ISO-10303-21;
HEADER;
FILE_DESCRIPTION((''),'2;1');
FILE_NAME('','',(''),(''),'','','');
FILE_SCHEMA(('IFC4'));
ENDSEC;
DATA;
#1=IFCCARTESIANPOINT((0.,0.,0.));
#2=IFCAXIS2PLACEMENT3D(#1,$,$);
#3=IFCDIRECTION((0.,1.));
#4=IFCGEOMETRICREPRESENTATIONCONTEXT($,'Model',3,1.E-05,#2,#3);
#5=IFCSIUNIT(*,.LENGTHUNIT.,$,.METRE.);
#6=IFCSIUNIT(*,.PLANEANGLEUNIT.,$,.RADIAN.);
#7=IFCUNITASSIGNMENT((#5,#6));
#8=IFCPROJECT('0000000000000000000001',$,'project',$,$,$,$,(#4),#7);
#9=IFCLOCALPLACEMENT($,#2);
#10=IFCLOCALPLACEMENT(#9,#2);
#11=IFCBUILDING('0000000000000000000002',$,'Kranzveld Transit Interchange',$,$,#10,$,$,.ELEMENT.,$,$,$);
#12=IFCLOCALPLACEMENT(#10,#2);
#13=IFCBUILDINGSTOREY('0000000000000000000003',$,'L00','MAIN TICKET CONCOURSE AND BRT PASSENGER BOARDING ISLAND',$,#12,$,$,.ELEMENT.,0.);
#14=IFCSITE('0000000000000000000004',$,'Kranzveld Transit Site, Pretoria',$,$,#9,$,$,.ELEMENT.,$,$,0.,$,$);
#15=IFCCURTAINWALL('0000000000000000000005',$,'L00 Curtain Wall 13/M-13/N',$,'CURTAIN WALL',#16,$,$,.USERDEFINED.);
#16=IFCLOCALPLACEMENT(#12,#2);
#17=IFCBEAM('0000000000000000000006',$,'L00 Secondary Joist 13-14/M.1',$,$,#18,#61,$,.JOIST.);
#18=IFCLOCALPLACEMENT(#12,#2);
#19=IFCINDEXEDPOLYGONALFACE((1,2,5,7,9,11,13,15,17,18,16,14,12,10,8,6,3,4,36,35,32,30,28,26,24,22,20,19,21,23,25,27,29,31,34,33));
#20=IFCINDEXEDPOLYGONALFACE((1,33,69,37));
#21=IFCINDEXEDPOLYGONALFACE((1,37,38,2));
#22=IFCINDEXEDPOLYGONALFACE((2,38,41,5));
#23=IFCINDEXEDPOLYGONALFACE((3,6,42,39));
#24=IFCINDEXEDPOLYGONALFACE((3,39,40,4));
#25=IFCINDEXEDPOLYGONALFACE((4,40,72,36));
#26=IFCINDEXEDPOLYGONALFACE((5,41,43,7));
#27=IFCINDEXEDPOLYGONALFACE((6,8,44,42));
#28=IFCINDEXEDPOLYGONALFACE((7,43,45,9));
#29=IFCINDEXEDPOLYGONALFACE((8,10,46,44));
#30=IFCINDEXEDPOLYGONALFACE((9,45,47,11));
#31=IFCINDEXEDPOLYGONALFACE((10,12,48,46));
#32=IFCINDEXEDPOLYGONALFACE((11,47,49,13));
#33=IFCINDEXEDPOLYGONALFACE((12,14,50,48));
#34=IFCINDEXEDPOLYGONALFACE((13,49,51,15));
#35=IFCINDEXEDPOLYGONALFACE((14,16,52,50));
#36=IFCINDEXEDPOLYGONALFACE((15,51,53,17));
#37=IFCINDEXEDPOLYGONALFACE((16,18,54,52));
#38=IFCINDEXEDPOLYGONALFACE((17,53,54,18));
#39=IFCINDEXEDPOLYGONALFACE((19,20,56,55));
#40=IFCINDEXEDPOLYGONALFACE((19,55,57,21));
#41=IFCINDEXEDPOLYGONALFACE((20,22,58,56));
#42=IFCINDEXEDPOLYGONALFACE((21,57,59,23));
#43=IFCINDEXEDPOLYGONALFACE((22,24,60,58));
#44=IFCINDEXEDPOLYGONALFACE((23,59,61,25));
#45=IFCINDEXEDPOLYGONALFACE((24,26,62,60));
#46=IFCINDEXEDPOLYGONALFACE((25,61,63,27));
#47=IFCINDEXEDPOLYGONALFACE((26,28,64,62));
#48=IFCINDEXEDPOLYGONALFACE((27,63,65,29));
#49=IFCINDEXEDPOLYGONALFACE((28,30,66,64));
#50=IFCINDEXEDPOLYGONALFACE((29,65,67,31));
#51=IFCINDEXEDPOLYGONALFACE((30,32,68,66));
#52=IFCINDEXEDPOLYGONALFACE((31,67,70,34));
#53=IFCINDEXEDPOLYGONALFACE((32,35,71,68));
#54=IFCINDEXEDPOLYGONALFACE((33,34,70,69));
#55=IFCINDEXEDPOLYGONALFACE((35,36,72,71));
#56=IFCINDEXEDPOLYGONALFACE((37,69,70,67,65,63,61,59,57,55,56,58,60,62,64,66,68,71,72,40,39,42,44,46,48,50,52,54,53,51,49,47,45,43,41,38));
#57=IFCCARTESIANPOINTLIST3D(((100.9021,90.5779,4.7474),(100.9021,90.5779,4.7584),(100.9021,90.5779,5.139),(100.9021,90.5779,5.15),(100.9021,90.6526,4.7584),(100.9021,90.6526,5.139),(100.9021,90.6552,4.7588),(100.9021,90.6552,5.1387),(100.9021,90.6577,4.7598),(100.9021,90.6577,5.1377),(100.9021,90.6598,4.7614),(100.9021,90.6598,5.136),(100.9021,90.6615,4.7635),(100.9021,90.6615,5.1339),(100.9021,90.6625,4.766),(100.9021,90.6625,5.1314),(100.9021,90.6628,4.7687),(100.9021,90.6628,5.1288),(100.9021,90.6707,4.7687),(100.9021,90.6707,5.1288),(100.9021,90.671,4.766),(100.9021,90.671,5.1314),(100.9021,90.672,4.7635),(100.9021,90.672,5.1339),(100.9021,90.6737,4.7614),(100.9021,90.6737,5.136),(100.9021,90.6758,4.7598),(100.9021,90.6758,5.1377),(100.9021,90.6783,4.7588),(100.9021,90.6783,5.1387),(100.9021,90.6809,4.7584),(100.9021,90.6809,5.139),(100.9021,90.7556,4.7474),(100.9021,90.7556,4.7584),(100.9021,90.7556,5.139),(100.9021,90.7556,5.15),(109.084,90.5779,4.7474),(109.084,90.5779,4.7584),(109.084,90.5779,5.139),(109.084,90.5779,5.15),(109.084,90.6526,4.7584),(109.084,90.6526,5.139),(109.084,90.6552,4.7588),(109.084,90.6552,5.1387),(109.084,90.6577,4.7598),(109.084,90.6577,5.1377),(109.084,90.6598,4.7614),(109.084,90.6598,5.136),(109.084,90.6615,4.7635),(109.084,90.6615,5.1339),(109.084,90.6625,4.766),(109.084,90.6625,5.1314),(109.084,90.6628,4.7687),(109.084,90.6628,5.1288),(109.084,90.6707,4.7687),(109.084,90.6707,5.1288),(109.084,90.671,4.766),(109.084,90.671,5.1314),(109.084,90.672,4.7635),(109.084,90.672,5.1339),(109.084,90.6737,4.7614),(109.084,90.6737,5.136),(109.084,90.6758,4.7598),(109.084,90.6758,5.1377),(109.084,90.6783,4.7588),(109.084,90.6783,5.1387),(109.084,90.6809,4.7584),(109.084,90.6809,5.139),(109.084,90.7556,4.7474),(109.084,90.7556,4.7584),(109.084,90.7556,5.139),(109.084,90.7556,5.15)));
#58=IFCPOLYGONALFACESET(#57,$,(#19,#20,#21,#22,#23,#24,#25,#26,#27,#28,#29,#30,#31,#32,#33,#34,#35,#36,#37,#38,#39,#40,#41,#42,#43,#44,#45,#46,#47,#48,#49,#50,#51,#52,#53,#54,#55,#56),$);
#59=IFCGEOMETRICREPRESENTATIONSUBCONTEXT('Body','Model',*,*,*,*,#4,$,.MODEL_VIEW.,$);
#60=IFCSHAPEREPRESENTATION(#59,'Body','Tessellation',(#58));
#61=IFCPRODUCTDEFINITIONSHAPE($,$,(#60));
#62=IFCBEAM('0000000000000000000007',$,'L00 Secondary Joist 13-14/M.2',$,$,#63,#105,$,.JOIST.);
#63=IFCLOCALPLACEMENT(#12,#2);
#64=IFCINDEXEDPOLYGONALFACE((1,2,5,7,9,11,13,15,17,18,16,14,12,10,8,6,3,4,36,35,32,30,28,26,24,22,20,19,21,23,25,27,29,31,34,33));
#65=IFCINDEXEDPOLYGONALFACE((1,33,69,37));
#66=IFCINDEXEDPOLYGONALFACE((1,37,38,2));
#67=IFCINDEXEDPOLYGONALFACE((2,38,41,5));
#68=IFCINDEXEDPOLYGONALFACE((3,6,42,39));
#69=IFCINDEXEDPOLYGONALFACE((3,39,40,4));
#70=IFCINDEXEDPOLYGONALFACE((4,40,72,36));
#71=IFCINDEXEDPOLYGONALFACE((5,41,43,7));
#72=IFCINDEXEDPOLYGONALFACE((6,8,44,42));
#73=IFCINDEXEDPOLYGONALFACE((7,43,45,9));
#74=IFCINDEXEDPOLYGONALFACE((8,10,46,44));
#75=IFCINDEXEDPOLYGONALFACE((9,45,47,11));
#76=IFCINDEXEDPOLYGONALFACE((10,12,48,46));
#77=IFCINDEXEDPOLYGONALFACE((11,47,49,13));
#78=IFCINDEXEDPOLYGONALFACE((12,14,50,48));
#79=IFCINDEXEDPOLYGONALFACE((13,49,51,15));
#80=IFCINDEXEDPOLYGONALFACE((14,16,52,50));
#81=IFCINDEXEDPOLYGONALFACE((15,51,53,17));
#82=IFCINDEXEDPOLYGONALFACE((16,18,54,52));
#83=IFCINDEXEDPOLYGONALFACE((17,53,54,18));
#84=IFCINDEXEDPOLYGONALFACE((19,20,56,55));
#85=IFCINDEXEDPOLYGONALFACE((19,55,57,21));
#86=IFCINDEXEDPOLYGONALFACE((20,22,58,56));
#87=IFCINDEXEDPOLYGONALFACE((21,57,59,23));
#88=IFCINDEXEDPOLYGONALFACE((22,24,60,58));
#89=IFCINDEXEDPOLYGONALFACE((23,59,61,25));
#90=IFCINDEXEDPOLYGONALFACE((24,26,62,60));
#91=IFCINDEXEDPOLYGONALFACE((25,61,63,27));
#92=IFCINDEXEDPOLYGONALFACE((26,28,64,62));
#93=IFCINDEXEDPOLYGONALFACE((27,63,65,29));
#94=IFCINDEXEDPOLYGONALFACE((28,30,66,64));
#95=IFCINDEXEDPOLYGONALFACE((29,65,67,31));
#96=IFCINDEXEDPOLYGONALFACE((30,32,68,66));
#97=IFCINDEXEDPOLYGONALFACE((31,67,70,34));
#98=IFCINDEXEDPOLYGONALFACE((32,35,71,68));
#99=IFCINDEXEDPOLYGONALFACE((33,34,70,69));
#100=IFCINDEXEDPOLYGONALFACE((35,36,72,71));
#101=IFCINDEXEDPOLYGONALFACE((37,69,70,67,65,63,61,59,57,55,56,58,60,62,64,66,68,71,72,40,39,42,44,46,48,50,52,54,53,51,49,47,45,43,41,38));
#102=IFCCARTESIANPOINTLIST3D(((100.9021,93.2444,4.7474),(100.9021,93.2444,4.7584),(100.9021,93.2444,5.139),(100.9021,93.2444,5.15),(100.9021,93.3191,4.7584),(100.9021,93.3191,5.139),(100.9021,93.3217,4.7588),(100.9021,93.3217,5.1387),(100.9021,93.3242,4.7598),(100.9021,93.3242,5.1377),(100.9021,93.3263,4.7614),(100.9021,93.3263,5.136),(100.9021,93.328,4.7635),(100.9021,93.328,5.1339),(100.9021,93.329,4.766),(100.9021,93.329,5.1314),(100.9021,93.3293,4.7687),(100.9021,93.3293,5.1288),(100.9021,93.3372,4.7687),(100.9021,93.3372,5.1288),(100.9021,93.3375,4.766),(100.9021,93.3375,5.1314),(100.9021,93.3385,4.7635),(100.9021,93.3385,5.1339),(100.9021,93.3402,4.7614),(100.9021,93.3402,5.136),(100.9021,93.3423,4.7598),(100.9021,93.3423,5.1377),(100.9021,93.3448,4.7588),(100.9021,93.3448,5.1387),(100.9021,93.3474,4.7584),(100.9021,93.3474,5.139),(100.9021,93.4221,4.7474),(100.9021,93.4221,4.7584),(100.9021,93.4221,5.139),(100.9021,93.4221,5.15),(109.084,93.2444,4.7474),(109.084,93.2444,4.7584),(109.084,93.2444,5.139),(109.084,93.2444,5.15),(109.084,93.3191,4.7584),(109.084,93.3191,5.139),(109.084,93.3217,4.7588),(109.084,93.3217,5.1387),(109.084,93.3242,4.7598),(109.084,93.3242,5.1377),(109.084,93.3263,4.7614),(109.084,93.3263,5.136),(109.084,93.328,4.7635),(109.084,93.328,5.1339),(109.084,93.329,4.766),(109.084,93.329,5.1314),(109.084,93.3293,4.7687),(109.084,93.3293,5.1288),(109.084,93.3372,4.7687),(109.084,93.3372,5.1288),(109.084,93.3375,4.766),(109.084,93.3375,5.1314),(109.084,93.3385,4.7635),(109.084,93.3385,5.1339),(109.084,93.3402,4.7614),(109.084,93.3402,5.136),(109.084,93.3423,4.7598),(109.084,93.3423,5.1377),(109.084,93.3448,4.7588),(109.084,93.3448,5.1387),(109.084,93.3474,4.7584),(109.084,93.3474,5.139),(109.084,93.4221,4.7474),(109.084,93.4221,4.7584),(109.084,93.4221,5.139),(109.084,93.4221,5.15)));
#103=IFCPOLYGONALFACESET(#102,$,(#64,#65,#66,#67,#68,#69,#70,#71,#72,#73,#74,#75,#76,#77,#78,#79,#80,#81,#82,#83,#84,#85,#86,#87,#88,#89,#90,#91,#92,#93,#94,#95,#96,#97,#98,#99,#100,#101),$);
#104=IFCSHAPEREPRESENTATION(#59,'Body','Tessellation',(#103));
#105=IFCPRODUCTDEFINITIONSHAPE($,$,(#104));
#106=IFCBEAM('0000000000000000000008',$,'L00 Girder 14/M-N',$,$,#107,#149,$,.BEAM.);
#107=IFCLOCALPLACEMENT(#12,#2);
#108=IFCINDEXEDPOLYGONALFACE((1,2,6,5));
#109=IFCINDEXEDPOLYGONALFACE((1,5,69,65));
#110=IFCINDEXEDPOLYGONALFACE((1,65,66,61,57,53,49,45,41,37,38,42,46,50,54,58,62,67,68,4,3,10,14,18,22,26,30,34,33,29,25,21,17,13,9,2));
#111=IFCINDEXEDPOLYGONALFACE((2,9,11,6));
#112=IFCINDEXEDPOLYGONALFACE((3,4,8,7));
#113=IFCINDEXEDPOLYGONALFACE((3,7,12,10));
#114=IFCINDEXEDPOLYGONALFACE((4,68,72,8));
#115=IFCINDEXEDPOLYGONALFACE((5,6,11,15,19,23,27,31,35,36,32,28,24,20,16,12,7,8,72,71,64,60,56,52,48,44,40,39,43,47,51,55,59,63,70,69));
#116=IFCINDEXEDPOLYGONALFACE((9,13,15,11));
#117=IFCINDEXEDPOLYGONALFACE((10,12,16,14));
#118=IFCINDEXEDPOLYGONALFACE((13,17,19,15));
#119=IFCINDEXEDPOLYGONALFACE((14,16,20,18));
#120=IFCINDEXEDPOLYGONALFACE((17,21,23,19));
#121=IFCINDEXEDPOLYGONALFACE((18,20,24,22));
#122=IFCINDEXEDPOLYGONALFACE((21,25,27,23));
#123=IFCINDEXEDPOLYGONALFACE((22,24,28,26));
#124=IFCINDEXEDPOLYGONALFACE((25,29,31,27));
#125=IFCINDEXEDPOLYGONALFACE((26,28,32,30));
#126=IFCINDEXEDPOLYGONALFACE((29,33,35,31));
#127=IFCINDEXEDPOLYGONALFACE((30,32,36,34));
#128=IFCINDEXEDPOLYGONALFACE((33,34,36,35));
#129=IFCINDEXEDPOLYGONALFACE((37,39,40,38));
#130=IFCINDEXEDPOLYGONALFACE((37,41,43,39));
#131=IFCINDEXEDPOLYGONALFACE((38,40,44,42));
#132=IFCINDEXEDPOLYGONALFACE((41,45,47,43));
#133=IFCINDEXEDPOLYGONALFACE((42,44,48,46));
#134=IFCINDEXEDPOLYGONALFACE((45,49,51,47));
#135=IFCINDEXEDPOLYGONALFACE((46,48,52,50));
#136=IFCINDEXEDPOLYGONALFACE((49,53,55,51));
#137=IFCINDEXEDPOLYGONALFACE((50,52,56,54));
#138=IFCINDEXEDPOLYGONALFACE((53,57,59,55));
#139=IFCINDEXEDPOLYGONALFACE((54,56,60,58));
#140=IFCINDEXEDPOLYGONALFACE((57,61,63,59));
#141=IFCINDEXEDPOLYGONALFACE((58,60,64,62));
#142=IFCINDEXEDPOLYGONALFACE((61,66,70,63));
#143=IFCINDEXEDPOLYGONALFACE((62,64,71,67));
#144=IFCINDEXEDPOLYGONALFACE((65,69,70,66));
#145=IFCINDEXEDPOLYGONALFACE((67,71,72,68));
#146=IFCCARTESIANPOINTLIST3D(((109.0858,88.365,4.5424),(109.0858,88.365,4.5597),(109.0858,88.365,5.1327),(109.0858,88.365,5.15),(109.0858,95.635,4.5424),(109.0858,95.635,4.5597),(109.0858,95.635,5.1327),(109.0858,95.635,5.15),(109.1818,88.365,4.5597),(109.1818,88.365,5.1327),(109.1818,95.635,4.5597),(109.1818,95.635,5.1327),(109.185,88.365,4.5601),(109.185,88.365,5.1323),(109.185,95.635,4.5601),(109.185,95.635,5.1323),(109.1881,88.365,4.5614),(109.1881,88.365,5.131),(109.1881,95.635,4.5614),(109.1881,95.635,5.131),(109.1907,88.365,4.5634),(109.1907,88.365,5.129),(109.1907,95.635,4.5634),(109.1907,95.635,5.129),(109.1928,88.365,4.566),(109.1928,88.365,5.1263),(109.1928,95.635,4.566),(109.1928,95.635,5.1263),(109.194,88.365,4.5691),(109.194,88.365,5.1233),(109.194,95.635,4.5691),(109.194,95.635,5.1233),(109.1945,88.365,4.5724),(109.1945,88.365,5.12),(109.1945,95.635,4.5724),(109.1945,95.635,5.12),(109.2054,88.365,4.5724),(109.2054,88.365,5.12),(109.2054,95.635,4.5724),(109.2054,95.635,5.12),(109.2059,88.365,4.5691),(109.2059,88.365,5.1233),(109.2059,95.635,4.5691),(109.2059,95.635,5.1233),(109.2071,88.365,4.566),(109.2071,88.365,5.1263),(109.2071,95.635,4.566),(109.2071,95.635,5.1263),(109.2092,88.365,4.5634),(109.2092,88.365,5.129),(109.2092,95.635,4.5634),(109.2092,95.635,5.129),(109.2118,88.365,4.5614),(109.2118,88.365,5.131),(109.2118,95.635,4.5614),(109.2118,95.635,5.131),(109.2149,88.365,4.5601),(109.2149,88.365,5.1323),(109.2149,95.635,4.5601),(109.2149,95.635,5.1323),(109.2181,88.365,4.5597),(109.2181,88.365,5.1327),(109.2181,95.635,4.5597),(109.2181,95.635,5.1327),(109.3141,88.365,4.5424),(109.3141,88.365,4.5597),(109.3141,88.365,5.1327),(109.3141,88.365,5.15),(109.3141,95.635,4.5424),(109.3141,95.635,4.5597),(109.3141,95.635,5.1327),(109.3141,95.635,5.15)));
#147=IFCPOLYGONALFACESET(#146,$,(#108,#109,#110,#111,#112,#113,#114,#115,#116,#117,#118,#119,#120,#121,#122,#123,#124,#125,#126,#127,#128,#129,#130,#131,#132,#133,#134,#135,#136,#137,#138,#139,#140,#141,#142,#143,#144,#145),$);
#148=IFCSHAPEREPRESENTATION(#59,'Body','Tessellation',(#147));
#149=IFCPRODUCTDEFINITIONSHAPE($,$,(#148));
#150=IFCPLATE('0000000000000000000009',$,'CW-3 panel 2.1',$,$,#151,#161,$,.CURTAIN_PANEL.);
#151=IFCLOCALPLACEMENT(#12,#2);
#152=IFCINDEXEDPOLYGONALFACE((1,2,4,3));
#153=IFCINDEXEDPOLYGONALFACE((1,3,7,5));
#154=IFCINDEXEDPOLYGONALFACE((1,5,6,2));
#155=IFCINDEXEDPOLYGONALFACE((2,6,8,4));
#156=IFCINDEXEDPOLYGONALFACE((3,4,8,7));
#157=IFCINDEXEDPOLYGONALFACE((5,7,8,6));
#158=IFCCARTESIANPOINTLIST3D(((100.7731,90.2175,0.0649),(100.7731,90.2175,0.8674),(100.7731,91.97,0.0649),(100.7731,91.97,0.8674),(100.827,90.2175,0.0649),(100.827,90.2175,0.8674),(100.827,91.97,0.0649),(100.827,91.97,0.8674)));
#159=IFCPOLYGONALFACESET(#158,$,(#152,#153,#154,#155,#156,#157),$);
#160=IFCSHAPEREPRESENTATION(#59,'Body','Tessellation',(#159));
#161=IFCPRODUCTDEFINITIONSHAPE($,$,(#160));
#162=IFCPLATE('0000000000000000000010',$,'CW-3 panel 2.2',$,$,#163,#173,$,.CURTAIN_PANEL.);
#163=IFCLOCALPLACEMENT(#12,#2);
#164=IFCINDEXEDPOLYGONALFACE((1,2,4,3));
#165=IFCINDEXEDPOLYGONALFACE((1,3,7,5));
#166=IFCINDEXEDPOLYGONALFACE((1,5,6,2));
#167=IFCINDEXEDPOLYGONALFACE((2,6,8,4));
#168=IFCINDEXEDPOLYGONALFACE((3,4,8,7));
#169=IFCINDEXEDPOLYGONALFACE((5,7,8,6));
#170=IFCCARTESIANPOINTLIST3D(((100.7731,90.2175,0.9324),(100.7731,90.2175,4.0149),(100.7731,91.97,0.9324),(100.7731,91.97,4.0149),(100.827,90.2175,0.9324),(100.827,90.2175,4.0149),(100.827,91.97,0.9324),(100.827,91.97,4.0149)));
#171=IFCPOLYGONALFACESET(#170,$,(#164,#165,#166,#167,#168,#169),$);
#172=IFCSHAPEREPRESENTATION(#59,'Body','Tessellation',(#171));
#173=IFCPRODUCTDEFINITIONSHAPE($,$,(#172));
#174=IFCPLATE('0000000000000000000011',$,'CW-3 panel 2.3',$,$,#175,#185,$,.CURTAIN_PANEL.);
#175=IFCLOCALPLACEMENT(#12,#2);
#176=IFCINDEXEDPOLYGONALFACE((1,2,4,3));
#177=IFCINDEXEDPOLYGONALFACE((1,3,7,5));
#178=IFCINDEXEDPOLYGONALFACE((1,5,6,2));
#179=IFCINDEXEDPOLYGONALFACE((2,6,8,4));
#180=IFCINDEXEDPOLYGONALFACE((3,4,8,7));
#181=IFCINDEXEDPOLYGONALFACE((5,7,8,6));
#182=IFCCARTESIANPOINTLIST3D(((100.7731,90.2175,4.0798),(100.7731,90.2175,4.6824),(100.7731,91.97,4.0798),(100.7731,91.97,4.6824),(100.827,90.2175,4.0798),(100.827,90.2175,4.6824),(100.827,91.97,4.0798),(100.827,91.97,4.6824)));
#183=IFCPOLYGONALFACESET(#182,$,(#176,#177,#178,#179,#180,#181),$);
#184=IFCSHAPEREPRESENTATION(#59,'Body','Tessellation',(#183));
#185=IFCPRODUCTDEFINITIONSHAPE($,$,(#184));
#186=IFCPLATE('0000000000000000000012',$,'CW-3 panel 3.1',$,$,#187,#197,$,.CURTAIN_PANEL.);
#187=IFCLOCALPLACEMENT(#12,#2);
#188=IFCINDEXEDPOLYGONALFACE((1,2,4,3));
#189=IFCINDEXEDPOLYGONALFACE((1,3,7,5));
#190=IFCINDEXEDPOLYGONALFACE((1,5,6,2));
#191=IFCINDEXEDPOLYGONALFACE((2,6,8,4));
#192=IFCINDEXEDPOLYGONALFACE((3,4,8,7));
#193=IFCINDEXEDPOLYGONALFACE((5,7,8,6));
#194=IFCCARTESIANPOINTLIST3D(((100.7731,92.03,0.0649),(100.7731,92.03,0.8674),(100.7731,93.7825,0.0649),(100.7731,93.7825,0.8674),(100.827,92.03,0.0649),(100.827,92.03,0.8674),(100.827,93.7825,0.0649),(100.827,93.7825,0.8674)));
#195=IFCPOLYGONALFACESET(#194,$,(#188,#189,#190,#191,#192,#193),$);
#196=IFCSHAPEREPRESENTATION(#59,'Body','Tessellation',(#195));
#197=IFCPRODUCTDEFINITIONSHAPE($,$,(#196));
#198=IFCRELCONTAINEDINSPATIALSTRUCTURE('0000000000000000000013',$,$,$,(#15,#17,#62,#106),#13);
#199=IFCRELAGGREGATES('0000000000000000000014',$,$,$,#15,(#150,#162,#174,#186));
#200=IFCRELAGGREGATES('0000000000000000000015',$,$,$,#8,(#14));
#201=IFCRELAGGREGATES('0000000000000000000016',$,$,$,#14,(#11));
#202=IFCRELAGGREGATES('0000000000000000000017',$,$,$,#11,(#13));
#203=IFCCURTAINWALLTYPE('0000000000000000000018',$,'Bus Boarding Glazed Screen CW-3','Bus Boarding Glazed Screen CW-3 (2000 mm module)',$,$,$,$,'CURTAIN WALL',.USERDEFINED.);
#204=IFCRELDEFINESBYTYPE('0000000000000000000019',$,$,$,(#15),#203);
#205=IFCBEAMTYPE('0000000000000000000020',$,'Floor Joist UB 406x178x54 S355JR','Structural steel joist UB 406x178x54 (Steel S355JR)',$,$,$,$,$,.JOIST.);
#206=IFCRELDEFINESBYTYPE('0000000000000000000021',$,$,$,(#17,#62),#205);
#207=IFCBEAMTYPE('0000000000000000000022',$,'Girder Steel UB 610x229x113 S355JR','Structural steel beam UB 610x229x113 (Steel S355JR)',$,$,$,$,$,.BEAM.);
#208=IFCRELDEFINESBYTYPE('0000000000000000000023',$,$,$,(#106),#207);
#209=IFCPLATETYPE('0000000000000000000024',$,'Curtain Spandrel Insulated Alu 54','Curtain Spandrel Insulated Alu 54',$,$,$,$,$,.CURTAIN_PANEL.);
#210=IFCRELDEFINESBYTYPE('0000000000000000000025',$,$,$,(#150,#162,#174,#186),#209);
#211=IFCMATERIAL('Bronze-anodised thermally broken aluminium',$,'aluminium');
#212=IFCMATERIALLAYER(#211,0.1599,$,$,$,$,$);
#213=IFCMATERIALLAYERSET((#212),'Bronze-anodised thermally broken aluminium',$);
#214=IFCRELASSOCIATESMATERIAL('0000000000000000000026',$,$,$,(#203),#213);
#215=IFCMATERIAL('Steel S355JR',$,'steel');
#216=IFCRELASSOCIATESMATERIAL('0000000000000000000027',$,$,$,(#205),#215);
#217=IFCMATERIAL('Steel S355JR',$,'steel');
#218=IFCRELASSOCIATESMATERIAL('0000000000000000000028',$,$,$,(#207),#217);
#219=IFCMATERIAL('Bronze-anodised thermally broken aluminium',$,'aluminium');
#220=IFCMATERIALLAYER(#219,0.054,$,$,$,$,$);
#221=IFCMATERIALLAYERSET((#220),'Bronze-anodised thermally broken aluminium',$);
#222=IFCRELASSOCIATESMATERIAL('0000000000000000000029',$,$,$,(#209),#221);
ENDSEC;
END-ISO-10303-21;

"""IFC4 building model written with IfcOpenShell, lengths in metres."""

from ifc_helpers import new_model, si_unit, direction, frame, origin, origin_2d, place, context, subcontext, project, spatial, rectangle, i_section, extrude, material, layer, layer_set, material_profile, profile_set, type_object, element, aggregate, save


model = new_model("IFC4")

# Units and contexts
model_context = context("Model", 3, precision=1e-05, world=origin(), true_north=direction((0.0, 1.0)))
body_context = subcontext(model_context, "Body", "Model", "MODEL_VIEW")
ifc_project = project(units=[si_unit("LENGTHUNIT", "METRE"), si_unit("PLANEANGLEUNIT", "RADIAN")], contexts=[model_context])

# Site, building, storey
site_placement = place(None, origin())
site = spatial("IfcSite", under=ifc_project, at=site_placement, Name="Kranzveld Transit Site, Pretoria", CompositionType="ELEMENT", RefElevation=0.0)
building_placement = place(site_placement, origin())
building = spatial("IfcBuilding", under=site, at=building_placement, Name="Kranzveld Transit Interchange", CompositionType="ELEMENT")
storey_placement = place(building_placement, origin())
storey = spatial("IfcBuildingStorey", under=building, at=storey_placement, Name="L00", Description="MAIN TICKET CONCOURSE AND BRT PASSENGER BOARDING ISLAND", CompositionType="ELEMENT", Elevation=0.0)

# Curtain wall
ifc_material_1 = material(Name="Bronze-anodised thermally broken aluminium", Category="aluminium")
ifc_layer_1 = layer(ifc_material_1, 0.1599)
ifc_layer_set_1 = layer_set([ifc_layer_1], Name="Bronze-anodised thermally broken aluminium")
curtain_wall_type = type_object("IfcCurtainWallType", Name="Bus Boarding Glazed Screen CW-3", Description="Bus Boarding Glazed Screen CW-3 (2000 mm module)", ElementType="CURTAIN WALL", PredefinedType="USERDEFINED", material=ifc_layer_set_1)
curtain_wall_placement = place(storey_placement, origin())
curtain_wall = element("IfcCurtainWall", 1, at=curtain_wall_placement, inside=storey, type_object=curtain_wall_type, Name="L00 Curtain Wall 13/M-13/N", ObjectType="CURTAIN WALL", PredefinedType="USERDEFINED")

# Beams
ifc_material_2 = material(Name="Steel S355JR", Category="steel")
ifc_material_profile_1 = material_profile(ifc_material_2, i_section(OverallWidth=0.1777, OverallDepth=0.4026, WebThickness=0.0078, FlangeThickness=0.011, FilletRadius=0.0103, at=origin_2d()), Name="UB 406x178x54")
ifc_profile_set_1 = profile_set([ifc_material_profile_1], Name="Steel S355JR")
beam_type_1 = type_object("IfcBeamType", Name="Floor Joist UB 406x178x54 S355JR", Description="Structural steel joist UB 406x178x54 (Steel S355JR)", PredefinedType="JOIST", material=ifc_profile_set_1)
for number, where, z_axis, x_axis, name in (
    (2, (100.9021, 90.6667, 4.9487), (1.0, 0.0, 0.0), (0.0, 1.0, 0.0), "L00 Secondary Joist 13-14/M.1"),
    (3, (100.9021, 93.3333, 4.9487), (1.0, 0.0, 0.0), (0.0, 1.0, 0.0), "L00 Secondary Joist 13-14/M.2"),
):
    element("IfcBeam", number, at=place(storey_placement, frame(where, z_axis=z_axis, x_axis=x_axis)), inside=storey, type_object=beam_type_1, Name=name, PredefinedType="JOIST", context=body_context, shape_type="SweptSolid", body=[
        extrude(i_section(OverallWidth=0.1777, OverallDepth=0.4026, WebThickness=0.0078, FlangeThickness=0.011, FilletRadius=0.0103, at=origin_2d()), origin(), (0.0, 0.0, 1.0), 8.1819),
    ])
ifc_material_3 = material(Name="Steel S355JR", Category="steel")
ifc_material_profile_2 = material_profile(ifc_material_3, i_section(OverallWidth=0.2283, OverallDepth=0.6077, WebThickness=0.011, FlangeThickness=0.0173, FilletRadius=0.0127, at=origin_2d()), Name="UB 610x229x113")
ifc_profile_set_2 = profile_set([ifc_material_profile_2], Name="Steel S355JR")
beam_type_2 = type_object("IfcBeamType", Name="Girder Steel UB 610x229x113 S355JR", Description="Structural steel beam UB 610x229x113 (Steel S355JR)", PredefinedType="BEAM", material=ifc_profile_set_2)
beam_placement = place(storey_placement, frame((109.2, 88.365, 4.8462), z_axis=(0.0, 1.0, 0.0), x_axis=(-1.0, 0.0, 0.0)))
element("IfcBeam", 4, at=beam_placement, inside=storey, type_object=beam_type_2, Name="L00 Girder 14/M-N", PredefinedType="BEAM", context=body_context, shape_type="SweptSolid", body=[
    extrude(i_section(OverallWidth=0.2283, OverallDepth=0.6077, WebThickness=0.011, FlangeThickness=0.0173, FilletRadius=0.0127, at=origin_2d()), origin(), (0.0, 0.0, 1.0), 7.27),
])

# Plates
ifc_material_4 = material(Name="Bronze-anodised thermally broken aluminium", Category="aluminium")
ifc_layer_2 = layer(ifc_material_4, 0.054)
ifc_layer_set_2 = layer_set([ifc_layer_2], Name="Bronze-anodised thermally broken aluminium")
plate_type = type_object("IfcPlateType", Name="Curtain Spandrel Insulated Alu 54", Description="Curtain Spandrel Insulated Alu 54", PredefinedType="CURTAIN_PANEL", material=ifc_layer_set_2)
plate_1_placement = place(storey_placement, frame((100.8, 91.0938, 0.0649), z_axis=(0.0, 0.0, 1.0), x_axis=(0.0, 1.0, 0.0)))
plate_1 = element("IfcPlate", 5, at=plate_1_placement, type_object=plate_type, Name="CW-3 panel 2.1", PredefinedType="CURTAIN_PANEL", context=body_context, shape_type="SweptSolid", body=[
    extrude(rectangle(XDim=1.7524, YDim=0.054, at=origin_2d()), origin(), (0.0, 0.0, 1.0), 0.8025),
])
plate_2_placement = place(storey_placement, frame((100.8, 91.0938, 0.9324), z_axis=(0.0, 0.0, 1.0), x_axis=(0.0, 1.0, 0.0)))
plate_2 = element("IfcPlate", 6, at=plate_2_placement, type_object=plate_type, Name="CW-3 panel 2.2", PredefinedType="CURTAIN_PANEL", context=body_context, shape_type="SweptSolid", body=[
    extrude(rectangle(XDim=1.7524, YDim=0.054, at=origin_2d()), origin(), (0.0, 0.0, 1.0), 3.0825),
])
plate_3_placement = place(storey_placement, frame((100.8, 91.0938, 4.0798), z_axis=(0.0, 0.0, 1.0), x_axis=(0.0, 1.0, 0.0)))
plate_3 = element("IfcPlate", 7, at=plate_3_placement, type_object=plate_type, Name="CW-3 panel 2.3", PredefinedType="CURTAIN_PANEL", context=body_context, shape_type="SweptSolid", body=[
    extrude(rectangle(XDim=1.7524, YDim=0.054, at=origin_2d()), origin(), (0.0, 0.0, 1.0), 0.6025),
])
plate_4_placement = place(storey_placement, frame((100.8, 92.9062, 0.0649), z_axis=(0.0, 0.0, 1.0), x_axis=(0.0, 1.0, 0.0)))
plate_4 = element("IfcPlate", 8, at=plate_4_placement, type_object=plate_type, Name="CW-3 panel 3.1", PredefinedType="CURTAIN_PANEL", context=body_context, shape_type="SweptSolid", body=[
    extrude(rectangle(XDim=1.7524, YDim=0.054, at=origin_2d()), origin(), (0.0, 0.0, 1.0), 0.8025),
])
aggregate(curtain_wall, [plate_1, plate_2, plate_3, plate_4])

save(model, "model.ifc")
